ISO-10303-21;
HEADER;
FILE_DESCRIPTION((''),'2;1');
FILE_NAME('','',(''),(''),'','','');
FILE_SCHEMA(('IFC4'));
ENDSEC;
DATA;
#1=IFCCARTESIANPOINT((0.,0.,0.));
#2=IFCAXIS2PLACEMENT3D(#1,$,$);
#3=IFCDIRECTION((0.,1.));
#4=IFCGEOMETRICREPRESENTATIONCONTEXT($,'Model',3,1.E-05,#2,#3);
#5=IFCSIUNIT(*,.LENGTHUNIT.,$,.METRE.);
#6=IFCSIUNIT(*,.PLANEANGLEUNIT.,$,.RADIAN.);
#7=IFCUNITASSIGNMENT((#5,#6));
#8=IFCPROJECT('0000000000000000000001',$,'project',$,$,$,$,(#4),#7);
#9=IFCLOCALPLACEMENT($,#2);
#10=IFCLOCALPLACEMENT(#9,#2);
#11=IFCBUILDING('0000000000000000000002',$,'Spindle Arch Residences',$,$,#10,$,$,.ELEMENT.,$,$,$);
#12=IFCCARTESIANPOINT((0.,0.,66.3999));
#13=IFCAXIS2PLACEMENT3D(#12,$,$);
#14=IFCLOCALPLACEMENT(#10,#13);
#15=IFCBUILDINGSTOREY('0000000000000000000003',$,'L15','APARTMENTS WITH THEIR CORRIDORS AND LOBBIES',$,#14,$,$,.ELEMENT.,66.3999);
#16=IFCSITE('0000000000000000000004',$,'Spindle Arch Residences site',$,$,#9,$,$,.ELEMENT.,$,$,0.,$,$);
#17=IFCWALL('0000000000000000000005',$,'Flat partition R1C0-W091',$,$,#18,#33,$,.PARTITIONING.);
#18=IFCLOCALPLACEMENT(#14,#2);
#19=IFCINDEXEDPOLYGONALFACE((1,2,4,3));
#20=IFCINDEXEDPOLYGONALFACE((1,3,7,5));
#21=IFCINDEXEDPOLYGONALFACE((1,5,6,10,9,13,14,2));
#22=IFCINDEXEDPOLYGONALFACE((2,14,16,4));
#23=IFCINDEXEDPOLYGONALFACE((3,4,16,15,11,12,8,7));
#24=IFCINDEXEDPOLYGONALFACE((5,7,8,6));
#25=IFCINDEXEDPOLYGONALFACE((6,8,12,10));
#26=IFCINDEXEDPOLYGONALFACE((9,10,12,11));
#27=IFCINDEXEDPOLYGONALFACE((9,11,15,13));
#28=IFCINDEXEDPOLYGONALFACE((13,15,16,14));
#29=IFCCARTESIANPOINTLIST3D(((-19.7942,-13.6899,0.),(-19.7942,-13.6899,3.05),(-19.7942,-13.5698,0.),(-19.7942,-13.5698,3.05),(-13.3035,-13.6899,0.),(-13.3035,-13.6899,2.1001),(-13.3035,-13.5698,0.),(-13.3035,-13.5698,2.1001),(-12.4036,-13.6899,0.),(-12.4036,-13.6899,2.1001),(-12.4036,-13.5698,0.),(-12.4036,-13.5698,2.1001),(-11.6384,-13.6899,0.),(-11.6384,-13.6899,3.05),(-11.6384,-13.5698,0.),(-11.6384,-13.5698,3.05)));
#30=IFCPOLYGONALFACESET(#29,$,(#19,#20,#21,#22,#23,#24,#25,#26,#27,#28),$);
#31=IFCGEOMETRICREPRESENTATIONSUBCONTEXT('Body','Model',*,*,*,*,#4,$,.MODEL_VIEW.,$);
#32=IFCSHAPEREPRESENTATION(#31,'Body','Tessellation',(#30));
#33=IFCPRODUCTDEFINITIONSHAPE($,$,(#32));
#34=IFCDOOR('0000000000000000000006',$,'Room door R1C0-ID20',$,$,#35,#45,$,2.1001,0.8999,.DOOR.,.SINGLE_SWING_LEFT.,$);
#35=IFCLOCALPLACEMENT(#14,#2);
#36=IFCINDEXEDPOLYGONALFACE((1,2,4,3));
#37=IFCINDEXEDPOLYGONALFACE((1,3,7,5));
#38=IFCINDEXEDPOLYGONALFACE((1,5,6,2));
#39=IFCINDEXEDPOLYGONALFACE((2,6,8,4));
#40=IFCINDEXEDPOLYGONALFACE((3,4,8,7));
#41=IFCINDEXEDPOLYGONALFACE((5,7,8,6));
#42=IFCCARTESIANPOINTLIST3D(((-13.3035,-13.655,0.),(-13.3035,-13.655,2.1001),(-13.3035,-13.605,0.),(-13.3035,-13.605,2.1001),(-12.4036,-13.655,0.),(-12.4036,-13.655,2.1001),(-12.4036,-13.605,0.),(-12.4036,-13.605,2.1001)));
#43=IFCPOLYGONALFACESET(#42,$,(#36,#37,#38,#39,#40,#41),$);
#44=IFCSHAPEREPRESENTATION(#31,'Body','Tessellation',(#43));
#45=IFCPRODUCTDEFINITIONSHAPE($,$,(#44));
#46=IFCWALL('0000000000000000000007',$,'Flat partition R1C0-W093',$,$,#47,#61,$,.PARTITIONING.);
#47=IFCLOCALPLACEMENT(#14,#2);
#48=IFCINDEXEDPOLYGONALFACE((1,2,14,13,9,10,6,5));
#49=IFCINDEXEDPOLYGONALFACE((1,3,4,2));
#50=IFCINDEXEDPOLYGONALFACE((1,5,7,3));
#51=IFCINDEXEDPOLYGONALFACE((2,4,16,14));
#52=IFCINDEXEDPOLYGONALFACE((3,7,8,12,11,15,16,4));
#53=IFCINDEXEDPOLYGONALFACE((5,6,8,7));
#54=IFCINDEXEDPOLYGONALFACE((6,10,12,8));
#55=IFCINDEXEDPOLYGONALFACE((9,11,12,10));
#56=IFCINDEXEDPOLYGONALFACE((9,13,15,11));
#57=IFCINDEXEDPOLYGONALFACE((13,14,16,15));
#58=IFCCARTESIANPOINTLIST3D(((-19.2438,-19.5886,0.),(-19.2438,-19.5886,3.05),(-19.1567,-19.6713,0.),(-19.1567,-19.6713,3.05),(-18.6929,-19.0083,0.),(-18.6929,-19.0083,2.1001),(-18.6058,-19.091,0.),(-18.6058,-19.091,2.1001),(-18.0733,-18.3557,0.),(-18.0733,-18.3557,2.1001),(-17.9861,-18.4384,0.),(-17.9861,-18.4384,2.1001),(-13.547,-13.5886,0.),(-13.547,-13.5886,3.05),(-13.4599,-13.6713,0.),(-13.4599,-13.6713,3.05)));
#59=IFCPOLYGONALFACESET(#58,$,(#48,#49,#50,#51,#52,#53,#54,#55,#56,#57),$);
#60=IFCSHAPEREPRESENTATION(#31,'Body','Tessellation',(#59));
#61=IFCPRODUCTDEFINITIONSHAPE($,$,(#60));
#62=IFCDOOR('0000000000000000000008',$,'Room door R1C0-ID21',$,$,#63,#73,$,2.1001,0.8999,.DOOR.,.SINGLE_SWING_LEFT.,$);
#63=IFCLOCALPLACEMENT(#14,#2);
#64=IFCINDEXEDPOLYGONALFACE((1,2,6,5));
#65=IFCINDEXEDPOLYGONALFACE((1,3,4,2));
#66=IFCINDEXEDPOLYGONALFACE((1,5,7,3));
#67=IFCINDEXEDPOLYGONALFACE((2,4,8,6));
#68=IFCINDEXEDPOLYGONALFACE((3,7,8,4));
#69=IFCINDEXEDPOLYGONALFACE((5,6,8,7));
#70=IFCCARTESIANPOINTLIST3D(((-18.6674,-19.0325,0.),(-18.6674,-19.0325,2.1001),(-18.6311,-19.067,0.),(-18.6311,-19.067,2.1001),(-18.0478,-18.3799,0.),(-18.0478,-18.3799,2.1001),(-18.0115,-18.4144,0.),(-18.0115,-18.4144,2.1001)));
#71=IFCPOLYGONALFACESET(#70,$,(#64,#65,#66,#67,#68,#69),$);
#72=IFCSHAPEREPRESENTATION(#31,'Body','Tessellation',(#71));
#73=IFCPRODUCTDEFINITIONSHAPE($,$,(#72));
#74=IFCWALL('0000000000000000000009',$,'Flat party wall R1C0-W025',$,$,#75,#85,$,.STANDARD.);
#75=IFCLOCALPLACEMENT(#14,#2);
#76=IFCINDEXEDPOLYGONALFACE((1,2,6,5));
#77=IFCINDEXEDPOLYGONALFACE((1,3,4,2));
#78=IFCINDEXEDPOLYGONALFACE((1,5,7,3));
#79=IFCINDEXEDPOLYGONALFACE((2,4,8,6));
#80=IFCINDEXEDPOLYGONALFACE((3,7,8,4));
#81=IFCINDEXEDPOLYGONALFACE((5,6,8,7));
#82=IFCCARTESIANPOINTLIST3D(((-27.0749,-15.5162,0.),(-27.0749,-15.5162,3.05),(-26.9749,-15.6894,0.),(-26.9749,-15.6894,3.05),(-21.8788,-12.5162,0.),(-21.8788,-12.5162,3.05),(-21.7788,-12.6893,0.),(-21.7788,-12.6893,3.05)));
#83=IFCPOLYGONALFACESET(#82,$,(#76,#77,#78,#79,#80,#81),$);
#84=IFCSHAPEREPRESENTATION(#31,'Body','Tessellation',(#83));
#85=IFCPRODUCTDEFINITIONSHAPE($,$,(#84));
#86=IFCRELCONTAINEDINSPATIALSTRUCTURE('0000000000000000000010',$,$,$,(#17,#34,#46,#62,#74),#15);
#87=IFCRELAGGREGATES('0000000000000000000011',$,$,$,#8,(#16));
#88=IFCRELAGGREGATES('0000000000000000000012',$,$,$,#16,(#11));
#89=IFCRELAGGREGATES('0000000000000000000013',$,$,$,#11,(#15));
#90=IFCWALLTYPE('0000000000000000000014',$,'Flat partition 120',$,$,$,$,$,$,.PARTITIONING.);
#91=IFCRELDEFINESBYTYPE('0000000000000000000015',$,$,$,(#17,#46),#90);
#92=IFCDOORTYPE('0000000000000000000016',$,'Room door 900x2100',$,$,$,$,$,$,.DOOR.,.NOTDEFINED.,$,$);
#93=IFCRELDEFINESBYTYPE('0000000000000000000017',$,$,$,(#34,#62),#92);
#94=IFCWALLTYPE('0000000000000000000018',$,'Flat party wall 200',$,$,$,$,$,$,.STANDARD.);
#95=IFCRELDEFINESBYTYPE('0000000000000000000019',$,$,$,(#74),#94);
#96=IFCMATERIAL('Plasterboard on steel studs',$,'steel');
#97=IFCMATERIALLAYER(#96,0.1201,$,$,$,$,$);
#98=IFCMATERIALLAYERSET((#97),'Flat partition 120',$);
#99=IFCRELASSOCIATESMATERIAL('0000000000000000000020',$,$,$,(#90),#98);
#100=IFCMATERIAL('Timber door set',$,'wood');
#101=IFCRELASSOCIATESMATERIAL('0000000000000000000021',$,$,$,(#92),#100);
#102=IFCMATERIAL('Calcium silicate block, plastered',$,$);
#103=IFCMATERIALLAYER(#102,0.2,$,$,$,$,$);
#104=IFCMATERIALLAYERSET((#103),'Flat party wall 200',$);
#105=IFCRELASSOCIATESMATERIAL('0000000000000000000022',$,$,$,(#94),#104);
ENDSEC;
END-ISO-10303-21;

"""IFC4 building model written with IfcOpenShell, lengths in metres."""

from ifc_helpers import new_model, si_unit, direction, frame, frame_2d, origin, place, context, subcontext, project, spatial, rectangle, extrude, material, layer, layer_set, type_object, element, fill, save


model = new_model("IFC4")

# Units and contexts
model_context = context("Model", 3, precision=1e-05, world=origin(), true_north=direction((0.0, 1.0)))
body_context = subcontext(model_context, "Body", "Model", "MODEL_VIEW")
ifc_project = project(units=[si_unit("LENGTHUNIT", "METRE"), si_unit("PLANEANGLEUNIT", "RADIAN")], contexts=[model_context])

# Site, building, storey
site_placement = place(None, origin())
site = spatial("IfcSite", under=ifc_project, at=site_placement, Name="Spindle Arch Residences site", CompositionType="ELEMENT", RefElevation=0.0)
building_placement = place(site_placement, origin())
building = spatial("IfcBuilding", under=site, at=building_placement, Name="Spindle Arch Residences", CompositionType="ELEMENT")
storey_placement = place(building_placement, frame((0.0, 0.0, 66.3999)))
storey = spatial("IfcBuildingStorey", under=building, at=storey_placement, Name="L15", Description="APARTMENTS WITH THEIR CORRIDORS AND LOBBIES", CompositionType="ELEMENT", Elevation=66.3999)

# Shared definitions
ifc_material_1 = material(Name="Plasterboard on steel studs", Category="steel")
ifc_layer_1 = layer(ifc_material_1, 0.1201)
ifc_layer_set_1 = layer_set([ifc_layer_1], Name="Flat partition 120")
wall_type_1 = type_object("IfcWallType", Name="Flat partition 120", PredefinedType="PARTITIONING", material=ifc_layer_set_1)

# Shared definitions
ifc_material_2 = material(Name="Timber door set", Category="wood")
door_type = type_object("IfcDoorType", Name="Room door 900x2100", OperationType="NOTDEFINED", PredefinedType="DOOR", material=ifc_material_2)

# Walls, openings, doors
wall_1_placement = place(storey_placement, frame((-19.7942, -13.6299, 0.0), z_axis=(0.0, 0.0, 1.0), x_axis=(1.0, 0.0, 0.0)))
wall_1 = element("IfcWall", 1, at=wall_1_placement, inside=storey, type_object=wall_type_1, Name="Flat partition R1C0-W091", PredefinedType="PARTITIONING", context=body_context, shape_type="SweptSolid", body=[
    extrude(rectangle(XDim=8.1558, YDim=0.1201, at=frame_2d((4.0779, 0.0))), origin(), (0.0, 0.0, 1.0), 3.05),
])
opening_1_placement = place(wall_1_placement, frame((6.4907, 0.0, 0.0)))
opening_1 = element("IfcOpeningElement", 2, at=opening_1_placement, cuts=wall_1, PredefinedType="OPENING", context=body_context, shape_type="SweptSolid", body=[
    extrude(rectangle(XDim=0.8999, YDim=2.1001, at=frame_2d((0.45, 1.05))), frame((0.0, 0.0701, 0.0), z_axis=(0.0, -1.0, 0.0), x_axis=(1.0, 0.0, 0.0)), (0.0, 0.0, 1.0), 0.1401),
])
door_1_placement = place(opening_1_placement, origin())
door_1 = element("IfcDoor", 3, at=door_1_placement, inside=storey, type_object=door_type, Name="Room door R1C0-ID20", OperationType="SINGLE_SWING_LEFT", OverallHeight=2.1001, OverallWidth=0.8999, PredefinedType="DOOR", context=body_context, shape_type="SweptSolid", body=[
    extrude(rectangle(XDim=0.8999, YDim=2.1001, at=frame_2d((0.45, 1.05))), frame((0.0, 0.0249, 0.0), z_axis=(0.0, -1.0, 0.0), x_axis=(1.0, 0.0, 0.0)), (0.0, 0.0, 1.0), 0.05),
])
fill(opening_1, door_1)
wall_2_placement = place(storey_placement, frame((-19.2002, -19.6299, 0.0), z_axis=(0.0, 0.0, 1.0), x_axis=(0.688545, 0.725194, 0.0)))
wall_2 = element("IfcWall", 4, at=wall_2_placement, inside=storey, type_object=wall_type_1, Name="Flat partition R1C0-W093", PredefinedType="PARTITIONING", context=body_context, shape_type="SweptSolid", body=[
    extrude(rectangle(XDim=8.2737, YDim=0.1201, at=frame_2d((4.1367, 0.0))), origin(), (0.0, 0.0, 1.0), 3.05),
])
opening_2_placement = place(wall_2_placement, frame((0.8, 0.0, 0.0)))
opening_2 = element("IfcOpeningElement", 5, at=opening_2_placement, cuts=wall_2, PredefinedType="OPENING", context=body_context, shape_type="SweptSolid", body=[
    extrude(rectangle(XDim=0.8999, YDim=2.1001, at=frame_2d((0.45, 1.05))), frame((0.0, 0.0701, 0.0), z_axis=(0.0, -1.0, 0.0), x_axis=(1.0, 0.0, 0.0)), (0.0, 0.0, 1.0), 0.1401),
])
door_2_placement = place(opening_2_placement, origin())
door_2 = element("IfcDoor", 6, at=door_2_placement, inside=storey, type_object=door_type, Name="Room door R1C0-ID21", OperationType="SINGLE_SWING_LEFT", OverallHeight=2.1001, OverallWidth=0.8999, PredefinedType="DOOR", context=body_context, shape_type="SweptSolid", body=[
    extrude(rectangle(XDim=0.8999, YDim=2.1001, at=frame_2d((0.45, 1.05))), frame((0.0, 0.0249, 0.0), z_axis=(0.0, -1.0, 0.0), x_axis=(1.0, 0.0, 0.0)), (0.0, 0.0, 1.0), 0.05),
])
fill(opening_2, door_2)

# Wall
ifc_material_3 = material(Name="Calcium silicate block, plastered")
ifc_layer_2 = layer(ifc_material_3, 0.2)
ifc_layer_set_2 = layer_set([ifc_layer_2], Name="Flat party wall 200")
wall_type_2 = type_object("IfcWallType", Name="Flat party wall 200", PredefinedType="STANDARD", material=ifc_layer_set_2)
wall_3_placement = place(storey_placement, frame((-27.0249, -15.6028, 0.0), z_axis=(0.0, 0.0, 1.0), x_axis=(0.866021, 0.500008, 0.0)))
element("IfcWall", 7, at=wall_3_placement, inside=storey, type_object=wall_type_2, Name="Flat party wall R1C0-W025", PredefinedType="STANDARD", context=body_context, shape_type="SweptSolid", body=[
    extrude(rectangle(XDim=6.0, YDim=0.2, at=frame_2d((3.0, 0.0))), origin(), (0.0, 0.0, 1.0), 3.05),
])

save(model, "model.ifc")
